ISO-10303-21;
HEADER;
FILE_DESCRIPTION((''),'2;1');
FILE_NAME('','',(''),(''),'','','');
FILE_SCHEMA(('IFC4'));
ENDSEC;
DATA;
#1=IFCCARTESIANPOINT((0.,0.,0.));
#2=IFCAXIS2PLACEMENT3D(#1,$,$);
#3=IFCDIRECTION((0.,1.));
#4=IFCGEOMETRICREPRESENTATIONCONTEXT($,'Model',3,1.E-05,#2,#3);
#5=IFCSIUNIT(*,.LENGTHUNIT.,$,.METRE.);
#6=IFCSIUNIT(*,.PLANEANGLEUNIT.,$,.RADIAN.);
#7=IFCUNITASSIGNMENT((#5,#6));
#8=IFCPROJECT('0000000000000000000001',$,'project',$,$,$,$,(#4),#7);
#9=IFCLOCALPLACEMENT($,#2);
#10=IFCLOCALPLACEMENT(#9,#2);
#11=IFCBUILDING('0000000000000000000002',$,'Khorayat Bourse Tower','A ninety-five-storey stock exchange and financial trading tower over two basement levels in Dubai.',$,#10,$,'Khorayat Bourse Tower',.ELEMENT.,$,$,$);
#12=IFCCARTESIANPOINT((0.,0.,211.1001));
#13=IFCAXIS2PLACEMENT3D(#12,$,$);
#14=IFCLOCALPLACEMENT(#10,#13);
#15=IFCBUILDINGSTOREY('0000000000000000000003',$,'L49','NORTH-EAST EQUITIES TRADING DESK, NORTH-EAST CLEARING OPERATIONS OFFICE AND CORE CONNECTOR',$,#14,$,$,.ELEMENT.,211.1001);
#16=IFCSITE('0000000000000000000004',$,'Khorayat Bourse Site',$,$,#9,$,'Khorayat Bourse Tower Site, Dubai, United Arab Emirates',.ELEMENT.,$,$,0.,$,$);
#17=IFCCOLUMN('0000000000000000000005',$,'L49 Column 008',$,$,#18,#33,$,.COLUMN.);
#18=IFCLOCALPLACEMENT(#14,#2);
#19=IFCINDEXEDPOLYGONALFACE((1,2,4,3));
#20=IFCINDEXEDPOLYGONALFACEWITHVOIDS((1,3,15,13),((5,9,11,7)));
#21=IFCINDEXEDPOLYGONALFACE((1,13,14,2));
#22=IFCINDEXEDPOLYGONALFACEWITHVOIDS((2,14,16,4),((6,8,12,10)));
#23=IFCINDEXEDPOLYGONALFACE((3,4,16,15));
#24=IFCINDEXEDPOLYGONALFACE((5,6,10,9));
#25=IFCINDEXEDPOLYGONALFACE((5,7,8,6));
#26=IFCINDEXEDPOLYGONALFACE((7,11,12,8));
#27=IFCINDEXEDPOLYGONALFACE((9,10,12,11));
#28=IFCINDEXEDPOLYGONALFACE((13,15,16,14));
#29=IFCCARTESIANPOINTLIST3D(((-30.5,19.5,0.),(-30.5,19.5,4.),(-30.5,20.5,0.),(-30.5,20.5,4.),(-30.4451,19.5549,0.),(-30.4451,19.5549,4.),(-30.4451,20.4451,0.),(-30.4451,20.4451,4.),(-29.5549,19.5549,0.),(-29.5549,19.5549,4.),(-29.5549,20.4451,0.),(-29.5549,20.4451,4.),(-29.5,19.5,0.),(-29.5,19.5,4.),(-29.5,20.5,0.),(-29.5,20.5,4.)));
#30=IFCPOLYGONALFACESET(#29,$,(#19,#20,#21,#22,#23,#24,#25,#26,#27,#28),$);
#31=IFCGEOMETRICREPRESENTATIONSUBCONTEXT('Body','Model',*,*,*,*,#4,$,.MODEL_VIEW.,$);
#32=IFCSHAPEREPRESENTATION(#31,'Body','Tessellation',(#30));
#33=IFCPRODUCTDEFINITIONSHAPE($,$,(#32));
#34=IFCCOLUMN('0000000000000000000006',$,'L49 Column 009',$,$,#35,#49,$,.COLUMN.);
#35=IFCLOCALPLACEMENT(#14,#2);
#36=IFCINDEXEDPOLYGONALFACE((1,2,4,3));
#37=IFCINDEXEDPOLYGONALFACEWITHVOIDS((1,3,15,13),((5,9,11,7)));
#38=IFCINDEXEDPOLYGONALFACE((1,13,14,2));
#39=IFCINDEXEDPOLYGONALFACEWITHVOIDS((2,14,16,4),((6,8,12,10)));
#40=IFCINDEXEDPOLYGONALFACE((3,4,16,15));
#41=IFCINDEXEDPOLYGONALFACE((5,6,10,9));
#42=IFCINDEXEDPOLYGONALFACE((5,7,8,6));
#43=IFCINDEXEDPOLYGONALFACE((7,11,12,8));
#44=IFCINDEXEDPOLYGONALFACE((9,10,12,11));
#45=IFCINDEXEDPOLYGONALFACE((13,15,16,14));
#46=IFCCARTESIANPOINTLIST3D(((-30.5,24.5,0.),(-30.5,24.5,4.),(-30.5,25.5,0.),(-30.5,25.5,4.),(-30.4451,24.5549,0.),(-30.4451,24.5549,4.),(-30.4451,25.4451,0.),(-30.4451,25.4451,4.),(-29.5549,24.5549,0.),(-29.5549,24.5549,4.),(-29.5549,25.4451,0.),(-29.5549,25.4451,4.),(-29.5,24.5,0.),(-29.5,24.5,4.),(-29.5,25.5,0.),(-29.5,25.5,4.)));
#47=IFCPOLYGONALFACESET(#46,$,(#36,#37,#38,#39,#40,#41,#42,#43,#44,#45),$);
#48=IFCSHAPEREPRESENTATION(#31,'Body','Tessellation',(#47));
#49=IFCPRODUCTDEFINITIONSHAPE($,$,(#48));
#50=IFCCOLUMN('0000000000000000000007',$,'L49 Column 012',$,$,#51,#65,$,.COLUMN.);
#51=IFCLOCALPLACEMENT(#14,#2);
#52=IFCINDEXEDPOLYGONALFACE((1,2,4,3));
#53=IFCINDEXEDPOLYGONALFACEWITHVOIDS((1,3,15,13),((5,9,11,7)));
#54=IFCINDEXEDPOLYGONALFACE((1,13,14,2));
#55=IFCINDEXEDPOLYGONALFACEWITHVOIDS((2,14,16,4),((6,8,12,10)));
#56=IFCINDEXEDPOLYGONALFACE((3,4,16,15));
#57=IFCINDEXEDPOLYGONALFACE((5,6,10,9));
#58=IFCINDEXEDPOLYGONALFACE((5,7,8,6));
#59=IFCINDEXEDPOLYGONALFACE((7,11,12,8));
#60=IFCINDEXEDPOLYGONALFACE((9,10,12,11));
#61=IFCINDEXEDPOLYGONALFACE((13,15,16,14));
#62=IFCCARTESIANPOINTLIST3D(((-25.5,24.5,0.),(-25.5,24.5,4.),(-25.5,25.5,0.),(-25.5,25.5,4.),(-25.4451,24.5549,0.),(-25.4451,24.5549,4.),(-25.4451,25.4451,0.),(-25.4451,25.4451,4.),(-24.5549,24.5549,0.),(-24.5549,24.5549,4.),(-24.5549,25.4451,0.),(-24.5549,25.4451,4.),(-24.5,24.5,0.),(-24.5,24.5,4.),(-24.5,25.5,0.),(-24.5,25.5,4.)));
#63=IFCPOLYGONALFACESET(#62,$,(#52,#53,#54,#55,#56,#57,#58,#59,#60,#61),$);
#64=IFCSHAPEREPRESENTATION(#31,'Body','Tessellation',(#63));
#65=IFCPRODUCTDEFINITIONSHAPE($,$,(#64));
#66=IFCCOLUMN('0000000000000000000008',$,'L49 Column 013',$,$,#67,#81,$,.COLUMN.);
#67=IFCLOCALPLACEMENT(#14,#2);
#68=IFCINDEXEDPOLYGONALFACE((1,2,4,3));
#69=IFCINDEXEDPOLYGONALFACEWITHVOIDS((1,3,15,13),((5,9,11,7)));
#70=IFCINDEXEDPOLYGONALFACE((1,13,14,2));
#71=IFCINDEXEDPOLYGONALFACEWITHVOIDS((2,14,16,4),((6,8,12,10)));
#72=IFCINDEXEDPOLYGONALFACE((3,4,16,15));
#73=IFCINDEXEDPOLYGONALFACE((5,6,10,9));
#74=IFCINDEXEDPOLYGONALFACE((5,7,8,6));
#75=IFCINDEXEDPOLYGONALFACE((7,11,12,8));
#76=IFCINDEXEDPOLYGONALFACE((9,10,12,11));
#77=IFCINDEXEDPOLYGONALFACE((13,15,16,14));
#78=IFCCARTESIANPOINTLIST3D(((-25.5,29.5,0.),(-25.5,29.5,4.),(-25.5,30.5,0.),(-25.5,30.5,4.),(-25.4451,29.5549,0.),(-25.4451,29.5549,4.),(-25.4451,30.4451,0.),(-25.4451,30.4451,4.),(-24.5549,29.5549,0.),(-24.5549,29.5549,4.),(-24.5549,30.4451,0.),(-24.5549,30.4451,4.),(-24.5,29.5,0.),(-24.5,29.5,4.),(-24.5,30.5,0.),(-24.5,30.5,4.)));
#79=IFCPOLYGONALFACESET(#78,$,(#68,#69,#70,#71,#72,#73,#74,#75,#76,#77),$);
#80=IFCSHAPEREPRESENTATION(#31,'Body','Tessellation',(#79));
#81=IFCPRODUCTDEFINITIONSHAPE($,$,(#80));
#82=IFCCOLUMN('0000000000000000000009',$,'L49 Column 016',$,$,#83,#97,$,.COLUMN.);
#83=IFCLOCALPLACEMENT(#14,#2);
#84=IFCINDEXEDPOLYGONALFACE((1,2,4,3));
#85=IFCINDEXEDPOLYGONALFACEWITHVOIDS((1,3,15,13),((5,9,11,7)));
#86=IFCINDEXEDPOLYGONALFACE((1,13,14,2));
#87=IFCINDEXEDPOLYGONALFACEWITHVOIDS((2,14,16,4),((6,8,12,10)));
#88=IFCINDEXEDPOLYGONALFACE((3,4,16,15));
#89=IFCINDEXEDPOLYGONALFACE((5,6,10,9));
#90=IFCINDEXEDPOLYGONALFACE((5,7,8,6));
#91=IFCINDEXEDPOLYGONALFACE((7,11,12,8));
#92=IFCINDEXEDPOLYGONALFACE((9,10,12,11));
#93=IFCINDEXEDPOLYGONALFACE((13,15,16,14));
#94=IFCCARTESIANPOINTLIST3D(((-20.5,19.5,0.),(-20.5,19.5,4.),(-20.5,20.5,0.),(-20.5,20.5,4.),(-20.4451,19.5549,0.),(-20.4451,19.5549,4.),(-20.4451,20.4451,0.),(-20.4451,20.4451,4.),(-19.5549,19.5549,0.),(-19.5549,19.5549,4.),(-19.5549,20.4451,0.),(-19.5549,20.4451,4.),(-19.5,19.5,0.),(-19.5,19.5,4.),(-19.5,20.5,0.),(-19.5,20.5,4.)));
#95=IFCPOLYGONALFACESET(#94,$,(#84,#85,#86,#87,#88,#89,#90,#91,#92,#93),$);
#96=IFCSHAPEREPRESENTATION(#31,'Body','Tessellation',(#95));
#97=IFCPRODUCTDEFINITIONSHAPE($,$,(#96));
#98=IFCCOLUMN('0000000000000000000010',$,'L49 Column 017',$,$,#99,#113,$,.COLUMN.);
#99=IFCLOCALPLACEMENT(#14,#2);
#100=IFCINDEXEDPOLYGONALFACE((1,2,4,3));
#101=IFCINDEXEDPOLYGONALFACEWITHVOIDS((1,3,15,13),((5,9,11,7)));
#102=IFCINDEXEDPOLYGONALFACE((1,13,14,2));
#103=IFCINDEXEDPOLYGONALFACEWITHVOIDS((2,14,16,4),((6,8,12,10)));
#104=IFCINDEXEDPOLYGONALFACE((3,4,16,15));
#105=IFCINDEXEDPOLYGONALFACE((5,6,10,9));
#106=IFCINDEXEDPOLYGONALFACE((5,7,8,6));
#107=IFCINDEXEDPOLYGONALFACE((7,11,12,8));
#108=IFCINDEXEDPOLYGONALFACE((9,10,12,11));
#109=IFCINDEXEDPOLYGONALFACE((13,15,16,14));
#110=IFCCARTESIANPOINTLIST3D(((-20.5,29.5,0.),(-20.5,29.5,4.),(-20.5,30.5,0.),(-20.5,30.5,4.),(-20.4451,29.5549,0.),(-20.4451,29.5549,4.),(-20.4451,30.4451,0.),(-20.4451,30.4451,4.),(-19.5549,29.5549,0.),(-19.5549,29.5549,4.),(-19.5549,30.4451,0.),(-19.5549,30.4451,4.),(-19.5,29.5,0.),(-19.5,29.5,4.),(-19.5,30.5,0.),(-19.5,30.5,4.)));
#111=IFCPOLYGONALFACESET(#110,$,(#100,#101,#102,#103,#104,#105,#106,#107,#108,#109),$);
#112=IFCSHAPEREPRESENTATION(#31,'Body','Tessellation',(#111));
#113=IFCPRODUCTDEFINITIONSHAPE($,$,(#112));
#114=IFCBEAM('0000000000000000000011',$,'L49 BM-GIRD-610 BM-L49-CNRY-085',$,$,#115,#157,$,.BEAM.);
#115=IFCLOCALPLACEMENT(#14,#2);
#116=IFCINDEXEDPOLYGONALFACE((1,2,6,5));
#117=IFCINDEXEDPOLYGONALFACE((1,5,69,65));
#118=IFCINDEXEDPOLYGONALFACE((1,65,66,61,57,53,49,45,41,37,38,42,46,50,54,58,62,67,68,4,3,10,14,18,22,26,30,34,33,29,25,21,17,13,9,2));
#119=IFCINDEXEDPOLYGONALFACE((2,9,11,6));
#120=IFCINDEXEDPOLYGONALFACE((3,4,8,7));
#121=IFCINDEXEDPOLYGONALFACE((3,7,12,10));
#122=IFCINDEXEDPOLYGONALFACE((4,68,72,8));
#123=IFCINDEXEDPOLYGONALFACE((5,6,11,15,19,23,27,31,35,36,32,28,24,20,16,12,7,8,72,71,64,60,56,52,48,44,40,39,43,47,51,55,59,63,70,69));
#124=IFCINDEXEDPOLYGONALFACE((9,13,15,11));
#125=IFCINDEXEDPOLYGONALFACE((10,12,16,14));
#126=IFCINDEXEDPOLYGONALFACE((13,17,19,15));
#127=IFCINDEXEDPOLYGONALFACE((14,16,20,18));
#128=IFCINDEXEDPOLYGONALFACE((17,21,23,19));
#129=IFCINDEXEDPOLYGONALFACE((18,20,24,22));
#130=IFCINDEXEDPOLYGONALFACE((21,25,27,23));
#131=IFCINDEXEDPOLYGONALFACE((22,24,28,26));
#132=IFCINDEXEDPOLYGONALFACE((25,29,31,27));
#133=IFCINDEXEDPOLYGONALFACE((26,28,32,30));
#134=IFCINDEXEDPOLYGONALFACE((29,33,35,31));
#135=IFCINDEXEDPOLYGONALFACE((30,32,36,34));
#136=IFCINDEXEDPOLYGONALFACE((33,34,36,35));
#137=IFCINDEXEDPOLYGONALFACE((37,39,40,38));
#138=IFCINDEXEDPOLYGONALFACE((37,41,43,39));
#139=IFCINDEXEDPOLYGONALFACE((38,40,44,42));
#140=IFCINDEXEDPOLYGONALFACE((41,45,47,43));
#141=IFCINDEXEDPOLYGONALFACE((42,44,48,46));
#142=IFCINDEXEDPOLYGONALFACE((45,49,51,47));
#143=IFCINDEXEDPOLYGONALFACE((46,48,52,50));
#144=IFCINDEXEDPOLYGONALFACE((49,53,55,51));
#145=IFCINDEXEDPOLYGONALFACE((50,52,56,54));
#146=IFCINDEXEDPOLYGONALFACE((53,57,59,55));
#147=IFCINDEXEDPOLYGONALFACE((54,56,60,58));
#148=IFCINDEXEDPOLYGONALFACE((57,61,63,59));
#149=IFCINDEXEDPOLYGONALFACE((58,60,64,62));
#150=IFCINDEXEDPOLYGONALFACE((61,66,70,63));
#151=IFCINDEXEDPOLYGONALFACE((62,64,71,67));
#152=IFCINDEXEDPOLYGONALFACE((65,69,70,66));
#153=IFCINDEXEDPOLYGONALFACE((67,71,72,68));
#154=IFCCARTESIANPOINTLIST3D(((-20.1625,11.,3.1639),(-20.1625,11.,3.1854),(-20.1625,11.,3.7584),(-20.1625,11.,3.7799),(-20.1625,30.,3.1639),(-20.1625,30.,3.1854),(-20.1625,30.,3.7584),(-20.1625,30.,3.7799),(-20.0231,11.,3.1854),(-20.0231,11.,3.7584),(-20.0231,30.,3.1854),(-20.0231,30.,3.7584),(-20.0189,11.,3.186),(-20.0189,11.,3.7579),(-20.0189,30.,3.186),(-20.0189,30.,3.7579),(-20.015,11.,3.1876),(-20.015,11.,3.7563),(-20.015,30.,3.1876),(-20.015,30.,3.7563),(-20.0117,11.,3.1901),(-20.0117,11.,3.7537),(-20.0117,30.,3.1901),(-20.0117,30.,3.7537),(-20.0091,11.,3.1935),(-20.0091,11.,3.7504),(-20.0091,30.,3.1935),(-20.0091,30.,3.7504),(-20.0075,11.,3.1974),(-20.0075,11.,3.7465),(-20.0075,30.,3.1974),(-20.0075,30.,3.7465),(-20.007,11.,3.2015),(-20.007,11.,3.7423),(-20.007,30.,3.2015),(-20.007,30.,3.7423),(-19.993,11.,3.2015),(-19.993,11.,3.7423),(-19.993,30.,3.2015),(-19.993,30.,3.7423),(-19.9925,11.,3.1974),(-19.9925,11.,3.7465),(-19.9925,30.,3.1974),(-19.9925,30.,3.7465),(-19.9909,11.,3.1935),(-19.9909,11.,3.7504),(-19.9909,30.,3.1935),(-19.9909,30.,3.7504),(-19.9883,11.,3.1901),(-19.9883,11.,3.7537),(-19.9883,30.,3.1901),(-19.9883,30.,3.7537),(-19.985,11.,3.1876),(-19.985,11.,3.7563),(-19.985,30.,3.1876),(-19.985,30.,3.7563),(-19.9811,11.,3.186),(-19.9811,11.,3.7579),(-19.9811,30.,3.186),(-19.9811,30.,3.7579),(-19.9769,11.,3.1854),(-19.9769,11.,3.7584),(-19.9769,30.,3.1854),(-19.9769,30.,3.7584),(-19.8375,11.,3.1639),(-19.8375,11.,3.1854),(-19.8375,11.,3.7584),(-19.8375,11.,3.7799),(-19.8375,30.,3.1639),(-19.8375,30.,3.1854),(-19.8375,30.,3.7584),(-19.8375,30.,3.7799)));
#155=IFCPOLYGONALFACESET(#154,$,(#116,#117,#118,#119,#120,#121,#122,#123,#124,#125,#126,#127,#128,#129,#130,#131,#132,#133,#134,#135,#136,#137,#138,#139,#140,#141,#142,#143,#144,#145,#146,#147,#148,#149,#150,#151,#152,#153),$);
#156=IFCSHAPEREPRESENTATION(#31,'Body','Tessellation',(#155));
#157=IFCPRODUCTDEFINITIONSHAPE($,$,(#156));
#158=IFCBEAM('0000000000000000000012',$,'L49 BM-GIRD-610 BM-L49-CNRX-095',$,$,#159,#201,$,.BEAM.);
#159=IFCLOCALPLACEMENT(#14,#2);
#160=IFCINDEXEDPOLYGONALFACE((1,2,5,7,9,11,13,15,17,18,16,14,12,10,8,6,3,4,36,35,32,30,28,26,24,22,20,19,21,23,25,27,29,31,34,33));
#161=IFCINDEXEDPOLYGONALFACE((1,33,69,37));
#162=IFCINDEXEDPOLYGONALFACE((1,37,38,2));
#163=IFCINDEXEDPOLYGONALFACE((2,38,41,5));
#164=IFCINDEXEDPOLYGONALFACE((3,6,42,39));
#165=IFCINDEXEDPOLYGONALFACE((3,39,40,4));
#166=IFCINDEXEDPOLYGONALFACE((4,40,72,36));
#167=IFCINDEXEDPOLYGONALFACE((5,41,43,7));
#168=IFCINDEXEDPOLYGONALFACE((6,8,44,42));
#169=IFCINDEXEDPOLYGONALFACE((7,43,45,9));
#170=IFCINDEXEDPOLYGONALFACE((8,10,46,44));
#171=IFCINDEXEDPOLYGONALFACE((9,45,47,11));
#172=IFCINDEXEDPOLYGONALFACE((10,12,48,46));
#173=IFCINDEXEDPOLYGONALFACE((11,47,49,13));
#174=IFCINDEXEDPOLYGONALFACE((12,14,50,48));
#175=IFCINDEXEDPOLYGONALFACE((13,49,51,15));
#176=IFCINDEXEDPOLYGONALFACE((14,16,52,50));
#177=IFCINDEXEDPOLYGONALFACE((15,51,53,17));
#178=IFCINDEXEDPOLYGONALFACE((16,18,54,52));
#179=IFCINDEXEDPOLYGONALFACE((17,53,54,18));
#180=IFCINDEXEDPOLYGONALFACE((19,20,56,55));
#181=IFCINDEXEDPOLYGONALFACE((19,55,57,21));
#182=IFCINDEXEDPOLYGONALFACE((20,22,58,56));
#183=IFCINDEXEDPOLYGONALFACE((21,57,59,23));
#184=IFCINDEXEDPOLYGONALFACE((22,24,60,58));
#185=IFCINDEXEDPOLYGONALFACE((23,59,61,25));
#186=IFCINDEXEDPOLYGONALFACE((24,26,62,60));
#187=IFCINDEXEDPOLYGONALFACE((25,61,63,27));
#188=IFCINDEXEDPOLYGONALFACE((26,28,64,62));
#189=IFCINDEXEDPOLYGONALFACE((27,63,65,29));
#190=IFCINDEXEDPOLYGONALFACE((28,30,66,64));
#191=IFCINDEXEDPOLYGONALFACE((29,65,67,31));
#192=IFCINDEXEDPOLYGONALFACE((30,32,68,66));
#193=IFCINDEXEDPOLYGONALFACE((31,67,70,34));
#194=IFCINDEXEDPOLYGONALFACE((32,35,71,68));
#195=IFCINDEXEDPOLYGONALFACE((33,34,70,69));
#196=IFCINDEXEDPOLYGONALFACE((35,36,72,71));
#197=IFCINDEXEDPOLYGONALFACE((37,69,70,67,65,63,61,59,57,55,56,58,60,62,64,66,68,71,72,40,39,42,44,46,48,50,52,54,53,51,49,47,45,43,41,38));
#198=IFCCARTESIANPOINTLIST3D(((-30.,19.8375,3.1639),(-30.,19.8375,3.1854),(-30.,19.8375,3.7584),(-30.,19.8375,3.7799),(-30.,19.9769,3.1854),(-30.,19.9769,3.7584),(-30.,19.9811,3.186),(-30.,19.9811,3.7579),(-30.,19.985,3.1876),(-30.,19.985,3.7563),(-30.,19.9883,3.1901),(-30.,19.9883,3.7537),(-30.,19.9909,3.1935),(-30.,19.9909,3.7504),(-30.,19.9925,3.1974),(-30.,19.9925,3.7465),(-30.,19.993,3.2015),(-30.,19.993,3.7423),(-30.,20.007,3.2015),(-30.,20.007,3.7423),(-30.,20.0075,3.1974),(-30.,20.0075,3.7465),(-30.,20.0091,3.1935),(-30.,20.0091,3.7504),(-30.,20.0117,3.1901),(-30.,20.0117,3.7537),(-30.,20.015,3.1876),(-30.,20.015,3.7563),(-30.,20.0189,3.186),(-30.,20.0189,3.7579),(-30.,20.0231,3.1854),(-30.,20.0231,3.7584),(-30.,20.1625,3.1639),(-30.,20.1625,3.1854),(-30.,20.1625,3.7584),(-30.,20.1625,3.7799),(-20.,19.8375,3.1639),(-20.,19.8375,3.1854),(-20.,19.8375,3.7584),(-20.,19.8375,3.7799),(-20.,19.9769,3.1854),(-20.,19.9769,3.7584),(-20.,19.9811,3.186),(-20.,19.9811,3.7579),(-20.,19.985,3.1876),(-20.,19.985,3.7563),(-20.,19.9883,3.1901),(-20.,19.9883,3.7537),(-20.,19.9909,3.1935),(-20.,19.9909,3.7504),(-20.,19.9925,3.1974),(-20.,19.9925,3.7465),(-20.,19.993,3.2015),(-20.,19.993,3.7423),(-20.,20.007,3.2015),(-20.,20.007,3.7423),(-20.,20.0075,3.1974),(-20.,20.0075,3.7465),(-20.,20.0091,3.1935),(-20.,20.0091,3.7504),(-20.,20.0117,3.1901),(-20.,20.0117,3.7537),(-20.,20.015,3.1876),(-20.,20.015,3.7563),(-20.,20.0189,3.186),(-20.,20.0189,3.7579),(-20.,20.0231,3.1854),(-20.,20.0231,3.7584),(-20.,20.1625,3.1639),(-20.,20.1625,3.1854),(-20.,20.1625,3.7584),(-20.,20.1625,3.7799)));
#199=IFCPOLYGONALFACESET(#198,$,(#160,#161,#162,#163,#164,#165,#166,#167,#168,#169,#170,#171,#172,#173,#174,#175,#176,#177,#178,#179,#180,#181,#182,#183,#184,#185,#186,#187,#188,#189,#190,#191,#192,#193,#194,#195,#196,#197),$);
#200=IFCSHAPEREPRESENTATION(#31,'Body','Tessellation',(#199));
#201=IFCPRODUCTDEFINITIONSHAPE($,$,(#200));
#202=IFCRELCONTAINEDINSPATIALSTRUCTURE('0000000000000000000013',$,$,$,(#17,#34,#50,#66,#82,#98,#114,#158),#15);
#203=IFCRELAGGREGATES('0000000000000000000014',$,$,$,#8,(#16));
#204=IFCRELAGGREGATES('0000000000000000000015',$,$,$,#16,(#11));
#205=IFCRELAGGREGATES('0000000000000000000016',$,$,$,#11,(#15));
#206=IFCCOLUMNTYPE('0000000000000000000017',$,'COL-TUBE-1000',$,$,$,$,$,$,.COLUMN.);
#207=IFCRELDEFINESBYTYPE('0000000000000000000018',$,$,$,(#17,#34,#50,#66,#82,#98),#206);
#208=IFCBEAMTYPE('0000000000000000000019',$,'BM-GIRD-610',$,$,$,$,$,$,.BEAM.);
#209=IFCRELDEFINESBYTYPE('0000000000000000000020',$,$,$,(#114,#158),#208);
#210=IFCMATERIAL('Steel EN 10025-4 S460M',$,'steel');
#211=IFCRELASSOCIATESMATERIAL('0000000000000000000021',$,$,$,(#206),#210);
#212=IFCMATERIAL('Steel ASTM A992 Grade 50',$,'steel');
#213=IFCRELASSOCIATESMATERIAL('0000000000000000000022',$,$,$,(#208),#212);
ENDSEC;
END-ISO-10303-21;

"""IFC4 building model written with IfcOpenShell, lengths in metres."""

from ifc_helpers import new_model, si_unit, direction, frame, origin, origin_2d, place, context, subcontext, project, spatial, hollow_rectangle, i_section, extrude, source, transform, mapped, material, material_profile, profile_set, type_object, element, save


model = new_model("IFC4")

# Units and contexts
model_context = context("Model", 3, precision=1e-05, world=origin(), true_north=direction((0.0, 1.0)))
body_context = subcontext(model_context, "Body", "Model", "MODEL_VIEW")
ifc_project = project(units=[si_unit("LENGTHUNIT", "METRE"), si_unit("PLANEANGLEUNIT", "RADIAN")], contexts=[model_context])

# Site, building, storey
site_placement = place(None, origin())
site = spatial("IfcSite", under=ifc_project, at=site_placement, Name="Khorayat Bourse Site", LongName="Khorayat Bourse Tower Site, Dubai, United Arab Emirates", CompositionType="ELEMENT", RefElevation=0.0)
building_placement = place(site_placement, origin())
building = spatial("IfcBuilding", under=site, at=building_placement, Name="Khorayat Bourse Tower", Description="A ninety-five-storey stock exchange and financial trading tower over two basement levels in Dubai.", LongName="Khorayat Bourse Tower", CompositionType="ELEMENT")
storey_placement = place(building_placement, frame((0.0, 0.0, 211.1001)))
storey = spatial("IfcBuildingStorey", under=building, at=storey_placement, Name="L49", Description="NORTH-EAST EQUITIES TRADING DESK, NORTH-EAST CLEARING OPERATIONS OFFICE AND CORE CONNECTOR", CompositionType="ELEMENT", Elevation=211.1001)

# Columns
ifc_material_1 = material(Name="Steel EN 10025-4 S460M", Category="steel")
ifc_material_profile_1 = material_profile(ifc_material_1, hollow_rectangle(XDim=1.0, YDim=1.0, WallThickness=0.0549, at=origin_2d()), Name="BOX 1000x1000x55")
ifc_profile_set_1 = profile_set([ifc_material_profile_1], Name="Steel EN 10025-4 S460M")
column_type = type_object("IfcColumnType", Name="COL-TUBE-1000", PredefinedType="COLUMN", material=ifc_profile_set_1)
shared_shape_1 = source(origin(), body_context, "Body", "SweptSolid", [
    extrude(hollow_rectangle(XDim=1.0, YDim=1.0, WallThickness=0.0549, at=origin_2d()), origin(), (0.0, 0.0, 1.0), 4.0),
])
for number, where, z_axis, x_axis, name in (
    (1, (-30.0, 20.0, 0.0), (0.0, 0.0, 1.0), (1.0, 0.0, 0.0), "L49 Column 008"),
    (2, (-30.0, 25.0, 0.0), (0.0, 0.0, 1.0), (1.0, 0.0, 0.0), "L49 Column 009"),
    (3, (-25.0, 25.0, 0.0), (0.0, 0.0, 1.0), (1.0, 0.0, 0.0), "L49 Column 012"),
    (4, (-25.0, 30.0, 0.0), (0.0, 0.0, 1.0), (1.0, 0.0, 0.0), "L49 Column 013"),
    (5, (-20.0, 20.0, 0.0), (0.0, 0.0, 1.0), (1.0, 0.0, 0.0), "L49 Column 016"),
    (6, (-20.0, 30.0, 0.0), (0.0, 0.0, 1.0), (1.0, 0.0, 0.0), "L49 Column 017"),
):
    element("IfcColumn", number, at=place(storey_placement, frame(where, z_axis=z_axis, x_axis=x_axis)), inside=storey, type_object=column_type, Name=name, PredefinedType="COLUMN", context=body_context, shape_type="MappedRepresentation", body=[
        mapped(shared_shape_1, transform((0.0, 0.0, 0.0), scale=1.0)),
    ])

# Beams
ifc_material_2 = material(Name="Steel ASTM A992 Grade 50", Category="steel")
ifc_material_profile_2 = material_profile(ifc_material_2, i_section(OverallWidth=0.325, OverallDepth=0.616, WebThickness=0.0139, FlangeThickness=0.0215, FilletRadius=0.0161, at=origin_2d()), Name="W610X174")
ifc_profile_set_2 = profile_set([ifc_material_profile_2], Name="Steel ASTM A992 Grade 50")
beam_type_1 = type_object("IfcBeamType", Name="BM-GIRD-610", PredefinedType="BEAM", material=ifc_profile_set_2)
shared_shape_2 = source(origin(), body_context, "Body", "SweptSolid", [
    extrude(i_section(OverallWidth=0.325, OverallDepth=0.616, WebThickness=0.0139, FlangeThickness=0.0215, FilletRadius=0.0161, at=origin_2d()), origin(), (0.0, 0.0, 1.0), 19.0),
])
beam_1_placement = place(storey_placement, frame((-20.0, 11.0, 3.4719), z_axis=(0.0, 1.0, 0.0), x_axis=(-1.0, 0.0, 0.0)))
element("IfcBeam", 7, at=beam_1_placement, inside=storey, type_object=beam_type_1, Name="L49 BM-GIRD-610 BM-L49-CNRY-085", PredefinedType="BEAM", context=body_context, shape_type="MappedRepresentation", body=[
    mapped(shared_shape_2, transform((0.0, 0.0, 0.0), scale=1.0)),
])
shared_shape_3 = source(origin(), body_context, "Body", "SweptSolid", [
    extrude(i_section(OverallWidth=0.325, OverallDepth=0.616, WebThickness=0.0139, FlangeThickness=0.0215, FilletRadius=0.0161, at=origin_2d()), origin(), (0.0, 0.0, 1.0), 10.0),
])
beam_2_placement = place(storey_placement, frame((-30.0, 20.0, 3.4719), z_axis=(1.0, 0.0, 0.0), x_axis=(0.0, 1.0, 0.0)))
element("IfcBeam", 8, at=beam_2_placement, inside=storey, type_object=beam_type_1, Name="L49 BM-GIRD-610 BM-L49-CNRX-095", PredefinedType="BEAM", context=body_context, shape_type="MappedRepresentation", body=[
    mapped(shared_shape_3, transform((0.0, 0.0, 0.0), scale=1.0)),
])

save(model, "model.ifc")
